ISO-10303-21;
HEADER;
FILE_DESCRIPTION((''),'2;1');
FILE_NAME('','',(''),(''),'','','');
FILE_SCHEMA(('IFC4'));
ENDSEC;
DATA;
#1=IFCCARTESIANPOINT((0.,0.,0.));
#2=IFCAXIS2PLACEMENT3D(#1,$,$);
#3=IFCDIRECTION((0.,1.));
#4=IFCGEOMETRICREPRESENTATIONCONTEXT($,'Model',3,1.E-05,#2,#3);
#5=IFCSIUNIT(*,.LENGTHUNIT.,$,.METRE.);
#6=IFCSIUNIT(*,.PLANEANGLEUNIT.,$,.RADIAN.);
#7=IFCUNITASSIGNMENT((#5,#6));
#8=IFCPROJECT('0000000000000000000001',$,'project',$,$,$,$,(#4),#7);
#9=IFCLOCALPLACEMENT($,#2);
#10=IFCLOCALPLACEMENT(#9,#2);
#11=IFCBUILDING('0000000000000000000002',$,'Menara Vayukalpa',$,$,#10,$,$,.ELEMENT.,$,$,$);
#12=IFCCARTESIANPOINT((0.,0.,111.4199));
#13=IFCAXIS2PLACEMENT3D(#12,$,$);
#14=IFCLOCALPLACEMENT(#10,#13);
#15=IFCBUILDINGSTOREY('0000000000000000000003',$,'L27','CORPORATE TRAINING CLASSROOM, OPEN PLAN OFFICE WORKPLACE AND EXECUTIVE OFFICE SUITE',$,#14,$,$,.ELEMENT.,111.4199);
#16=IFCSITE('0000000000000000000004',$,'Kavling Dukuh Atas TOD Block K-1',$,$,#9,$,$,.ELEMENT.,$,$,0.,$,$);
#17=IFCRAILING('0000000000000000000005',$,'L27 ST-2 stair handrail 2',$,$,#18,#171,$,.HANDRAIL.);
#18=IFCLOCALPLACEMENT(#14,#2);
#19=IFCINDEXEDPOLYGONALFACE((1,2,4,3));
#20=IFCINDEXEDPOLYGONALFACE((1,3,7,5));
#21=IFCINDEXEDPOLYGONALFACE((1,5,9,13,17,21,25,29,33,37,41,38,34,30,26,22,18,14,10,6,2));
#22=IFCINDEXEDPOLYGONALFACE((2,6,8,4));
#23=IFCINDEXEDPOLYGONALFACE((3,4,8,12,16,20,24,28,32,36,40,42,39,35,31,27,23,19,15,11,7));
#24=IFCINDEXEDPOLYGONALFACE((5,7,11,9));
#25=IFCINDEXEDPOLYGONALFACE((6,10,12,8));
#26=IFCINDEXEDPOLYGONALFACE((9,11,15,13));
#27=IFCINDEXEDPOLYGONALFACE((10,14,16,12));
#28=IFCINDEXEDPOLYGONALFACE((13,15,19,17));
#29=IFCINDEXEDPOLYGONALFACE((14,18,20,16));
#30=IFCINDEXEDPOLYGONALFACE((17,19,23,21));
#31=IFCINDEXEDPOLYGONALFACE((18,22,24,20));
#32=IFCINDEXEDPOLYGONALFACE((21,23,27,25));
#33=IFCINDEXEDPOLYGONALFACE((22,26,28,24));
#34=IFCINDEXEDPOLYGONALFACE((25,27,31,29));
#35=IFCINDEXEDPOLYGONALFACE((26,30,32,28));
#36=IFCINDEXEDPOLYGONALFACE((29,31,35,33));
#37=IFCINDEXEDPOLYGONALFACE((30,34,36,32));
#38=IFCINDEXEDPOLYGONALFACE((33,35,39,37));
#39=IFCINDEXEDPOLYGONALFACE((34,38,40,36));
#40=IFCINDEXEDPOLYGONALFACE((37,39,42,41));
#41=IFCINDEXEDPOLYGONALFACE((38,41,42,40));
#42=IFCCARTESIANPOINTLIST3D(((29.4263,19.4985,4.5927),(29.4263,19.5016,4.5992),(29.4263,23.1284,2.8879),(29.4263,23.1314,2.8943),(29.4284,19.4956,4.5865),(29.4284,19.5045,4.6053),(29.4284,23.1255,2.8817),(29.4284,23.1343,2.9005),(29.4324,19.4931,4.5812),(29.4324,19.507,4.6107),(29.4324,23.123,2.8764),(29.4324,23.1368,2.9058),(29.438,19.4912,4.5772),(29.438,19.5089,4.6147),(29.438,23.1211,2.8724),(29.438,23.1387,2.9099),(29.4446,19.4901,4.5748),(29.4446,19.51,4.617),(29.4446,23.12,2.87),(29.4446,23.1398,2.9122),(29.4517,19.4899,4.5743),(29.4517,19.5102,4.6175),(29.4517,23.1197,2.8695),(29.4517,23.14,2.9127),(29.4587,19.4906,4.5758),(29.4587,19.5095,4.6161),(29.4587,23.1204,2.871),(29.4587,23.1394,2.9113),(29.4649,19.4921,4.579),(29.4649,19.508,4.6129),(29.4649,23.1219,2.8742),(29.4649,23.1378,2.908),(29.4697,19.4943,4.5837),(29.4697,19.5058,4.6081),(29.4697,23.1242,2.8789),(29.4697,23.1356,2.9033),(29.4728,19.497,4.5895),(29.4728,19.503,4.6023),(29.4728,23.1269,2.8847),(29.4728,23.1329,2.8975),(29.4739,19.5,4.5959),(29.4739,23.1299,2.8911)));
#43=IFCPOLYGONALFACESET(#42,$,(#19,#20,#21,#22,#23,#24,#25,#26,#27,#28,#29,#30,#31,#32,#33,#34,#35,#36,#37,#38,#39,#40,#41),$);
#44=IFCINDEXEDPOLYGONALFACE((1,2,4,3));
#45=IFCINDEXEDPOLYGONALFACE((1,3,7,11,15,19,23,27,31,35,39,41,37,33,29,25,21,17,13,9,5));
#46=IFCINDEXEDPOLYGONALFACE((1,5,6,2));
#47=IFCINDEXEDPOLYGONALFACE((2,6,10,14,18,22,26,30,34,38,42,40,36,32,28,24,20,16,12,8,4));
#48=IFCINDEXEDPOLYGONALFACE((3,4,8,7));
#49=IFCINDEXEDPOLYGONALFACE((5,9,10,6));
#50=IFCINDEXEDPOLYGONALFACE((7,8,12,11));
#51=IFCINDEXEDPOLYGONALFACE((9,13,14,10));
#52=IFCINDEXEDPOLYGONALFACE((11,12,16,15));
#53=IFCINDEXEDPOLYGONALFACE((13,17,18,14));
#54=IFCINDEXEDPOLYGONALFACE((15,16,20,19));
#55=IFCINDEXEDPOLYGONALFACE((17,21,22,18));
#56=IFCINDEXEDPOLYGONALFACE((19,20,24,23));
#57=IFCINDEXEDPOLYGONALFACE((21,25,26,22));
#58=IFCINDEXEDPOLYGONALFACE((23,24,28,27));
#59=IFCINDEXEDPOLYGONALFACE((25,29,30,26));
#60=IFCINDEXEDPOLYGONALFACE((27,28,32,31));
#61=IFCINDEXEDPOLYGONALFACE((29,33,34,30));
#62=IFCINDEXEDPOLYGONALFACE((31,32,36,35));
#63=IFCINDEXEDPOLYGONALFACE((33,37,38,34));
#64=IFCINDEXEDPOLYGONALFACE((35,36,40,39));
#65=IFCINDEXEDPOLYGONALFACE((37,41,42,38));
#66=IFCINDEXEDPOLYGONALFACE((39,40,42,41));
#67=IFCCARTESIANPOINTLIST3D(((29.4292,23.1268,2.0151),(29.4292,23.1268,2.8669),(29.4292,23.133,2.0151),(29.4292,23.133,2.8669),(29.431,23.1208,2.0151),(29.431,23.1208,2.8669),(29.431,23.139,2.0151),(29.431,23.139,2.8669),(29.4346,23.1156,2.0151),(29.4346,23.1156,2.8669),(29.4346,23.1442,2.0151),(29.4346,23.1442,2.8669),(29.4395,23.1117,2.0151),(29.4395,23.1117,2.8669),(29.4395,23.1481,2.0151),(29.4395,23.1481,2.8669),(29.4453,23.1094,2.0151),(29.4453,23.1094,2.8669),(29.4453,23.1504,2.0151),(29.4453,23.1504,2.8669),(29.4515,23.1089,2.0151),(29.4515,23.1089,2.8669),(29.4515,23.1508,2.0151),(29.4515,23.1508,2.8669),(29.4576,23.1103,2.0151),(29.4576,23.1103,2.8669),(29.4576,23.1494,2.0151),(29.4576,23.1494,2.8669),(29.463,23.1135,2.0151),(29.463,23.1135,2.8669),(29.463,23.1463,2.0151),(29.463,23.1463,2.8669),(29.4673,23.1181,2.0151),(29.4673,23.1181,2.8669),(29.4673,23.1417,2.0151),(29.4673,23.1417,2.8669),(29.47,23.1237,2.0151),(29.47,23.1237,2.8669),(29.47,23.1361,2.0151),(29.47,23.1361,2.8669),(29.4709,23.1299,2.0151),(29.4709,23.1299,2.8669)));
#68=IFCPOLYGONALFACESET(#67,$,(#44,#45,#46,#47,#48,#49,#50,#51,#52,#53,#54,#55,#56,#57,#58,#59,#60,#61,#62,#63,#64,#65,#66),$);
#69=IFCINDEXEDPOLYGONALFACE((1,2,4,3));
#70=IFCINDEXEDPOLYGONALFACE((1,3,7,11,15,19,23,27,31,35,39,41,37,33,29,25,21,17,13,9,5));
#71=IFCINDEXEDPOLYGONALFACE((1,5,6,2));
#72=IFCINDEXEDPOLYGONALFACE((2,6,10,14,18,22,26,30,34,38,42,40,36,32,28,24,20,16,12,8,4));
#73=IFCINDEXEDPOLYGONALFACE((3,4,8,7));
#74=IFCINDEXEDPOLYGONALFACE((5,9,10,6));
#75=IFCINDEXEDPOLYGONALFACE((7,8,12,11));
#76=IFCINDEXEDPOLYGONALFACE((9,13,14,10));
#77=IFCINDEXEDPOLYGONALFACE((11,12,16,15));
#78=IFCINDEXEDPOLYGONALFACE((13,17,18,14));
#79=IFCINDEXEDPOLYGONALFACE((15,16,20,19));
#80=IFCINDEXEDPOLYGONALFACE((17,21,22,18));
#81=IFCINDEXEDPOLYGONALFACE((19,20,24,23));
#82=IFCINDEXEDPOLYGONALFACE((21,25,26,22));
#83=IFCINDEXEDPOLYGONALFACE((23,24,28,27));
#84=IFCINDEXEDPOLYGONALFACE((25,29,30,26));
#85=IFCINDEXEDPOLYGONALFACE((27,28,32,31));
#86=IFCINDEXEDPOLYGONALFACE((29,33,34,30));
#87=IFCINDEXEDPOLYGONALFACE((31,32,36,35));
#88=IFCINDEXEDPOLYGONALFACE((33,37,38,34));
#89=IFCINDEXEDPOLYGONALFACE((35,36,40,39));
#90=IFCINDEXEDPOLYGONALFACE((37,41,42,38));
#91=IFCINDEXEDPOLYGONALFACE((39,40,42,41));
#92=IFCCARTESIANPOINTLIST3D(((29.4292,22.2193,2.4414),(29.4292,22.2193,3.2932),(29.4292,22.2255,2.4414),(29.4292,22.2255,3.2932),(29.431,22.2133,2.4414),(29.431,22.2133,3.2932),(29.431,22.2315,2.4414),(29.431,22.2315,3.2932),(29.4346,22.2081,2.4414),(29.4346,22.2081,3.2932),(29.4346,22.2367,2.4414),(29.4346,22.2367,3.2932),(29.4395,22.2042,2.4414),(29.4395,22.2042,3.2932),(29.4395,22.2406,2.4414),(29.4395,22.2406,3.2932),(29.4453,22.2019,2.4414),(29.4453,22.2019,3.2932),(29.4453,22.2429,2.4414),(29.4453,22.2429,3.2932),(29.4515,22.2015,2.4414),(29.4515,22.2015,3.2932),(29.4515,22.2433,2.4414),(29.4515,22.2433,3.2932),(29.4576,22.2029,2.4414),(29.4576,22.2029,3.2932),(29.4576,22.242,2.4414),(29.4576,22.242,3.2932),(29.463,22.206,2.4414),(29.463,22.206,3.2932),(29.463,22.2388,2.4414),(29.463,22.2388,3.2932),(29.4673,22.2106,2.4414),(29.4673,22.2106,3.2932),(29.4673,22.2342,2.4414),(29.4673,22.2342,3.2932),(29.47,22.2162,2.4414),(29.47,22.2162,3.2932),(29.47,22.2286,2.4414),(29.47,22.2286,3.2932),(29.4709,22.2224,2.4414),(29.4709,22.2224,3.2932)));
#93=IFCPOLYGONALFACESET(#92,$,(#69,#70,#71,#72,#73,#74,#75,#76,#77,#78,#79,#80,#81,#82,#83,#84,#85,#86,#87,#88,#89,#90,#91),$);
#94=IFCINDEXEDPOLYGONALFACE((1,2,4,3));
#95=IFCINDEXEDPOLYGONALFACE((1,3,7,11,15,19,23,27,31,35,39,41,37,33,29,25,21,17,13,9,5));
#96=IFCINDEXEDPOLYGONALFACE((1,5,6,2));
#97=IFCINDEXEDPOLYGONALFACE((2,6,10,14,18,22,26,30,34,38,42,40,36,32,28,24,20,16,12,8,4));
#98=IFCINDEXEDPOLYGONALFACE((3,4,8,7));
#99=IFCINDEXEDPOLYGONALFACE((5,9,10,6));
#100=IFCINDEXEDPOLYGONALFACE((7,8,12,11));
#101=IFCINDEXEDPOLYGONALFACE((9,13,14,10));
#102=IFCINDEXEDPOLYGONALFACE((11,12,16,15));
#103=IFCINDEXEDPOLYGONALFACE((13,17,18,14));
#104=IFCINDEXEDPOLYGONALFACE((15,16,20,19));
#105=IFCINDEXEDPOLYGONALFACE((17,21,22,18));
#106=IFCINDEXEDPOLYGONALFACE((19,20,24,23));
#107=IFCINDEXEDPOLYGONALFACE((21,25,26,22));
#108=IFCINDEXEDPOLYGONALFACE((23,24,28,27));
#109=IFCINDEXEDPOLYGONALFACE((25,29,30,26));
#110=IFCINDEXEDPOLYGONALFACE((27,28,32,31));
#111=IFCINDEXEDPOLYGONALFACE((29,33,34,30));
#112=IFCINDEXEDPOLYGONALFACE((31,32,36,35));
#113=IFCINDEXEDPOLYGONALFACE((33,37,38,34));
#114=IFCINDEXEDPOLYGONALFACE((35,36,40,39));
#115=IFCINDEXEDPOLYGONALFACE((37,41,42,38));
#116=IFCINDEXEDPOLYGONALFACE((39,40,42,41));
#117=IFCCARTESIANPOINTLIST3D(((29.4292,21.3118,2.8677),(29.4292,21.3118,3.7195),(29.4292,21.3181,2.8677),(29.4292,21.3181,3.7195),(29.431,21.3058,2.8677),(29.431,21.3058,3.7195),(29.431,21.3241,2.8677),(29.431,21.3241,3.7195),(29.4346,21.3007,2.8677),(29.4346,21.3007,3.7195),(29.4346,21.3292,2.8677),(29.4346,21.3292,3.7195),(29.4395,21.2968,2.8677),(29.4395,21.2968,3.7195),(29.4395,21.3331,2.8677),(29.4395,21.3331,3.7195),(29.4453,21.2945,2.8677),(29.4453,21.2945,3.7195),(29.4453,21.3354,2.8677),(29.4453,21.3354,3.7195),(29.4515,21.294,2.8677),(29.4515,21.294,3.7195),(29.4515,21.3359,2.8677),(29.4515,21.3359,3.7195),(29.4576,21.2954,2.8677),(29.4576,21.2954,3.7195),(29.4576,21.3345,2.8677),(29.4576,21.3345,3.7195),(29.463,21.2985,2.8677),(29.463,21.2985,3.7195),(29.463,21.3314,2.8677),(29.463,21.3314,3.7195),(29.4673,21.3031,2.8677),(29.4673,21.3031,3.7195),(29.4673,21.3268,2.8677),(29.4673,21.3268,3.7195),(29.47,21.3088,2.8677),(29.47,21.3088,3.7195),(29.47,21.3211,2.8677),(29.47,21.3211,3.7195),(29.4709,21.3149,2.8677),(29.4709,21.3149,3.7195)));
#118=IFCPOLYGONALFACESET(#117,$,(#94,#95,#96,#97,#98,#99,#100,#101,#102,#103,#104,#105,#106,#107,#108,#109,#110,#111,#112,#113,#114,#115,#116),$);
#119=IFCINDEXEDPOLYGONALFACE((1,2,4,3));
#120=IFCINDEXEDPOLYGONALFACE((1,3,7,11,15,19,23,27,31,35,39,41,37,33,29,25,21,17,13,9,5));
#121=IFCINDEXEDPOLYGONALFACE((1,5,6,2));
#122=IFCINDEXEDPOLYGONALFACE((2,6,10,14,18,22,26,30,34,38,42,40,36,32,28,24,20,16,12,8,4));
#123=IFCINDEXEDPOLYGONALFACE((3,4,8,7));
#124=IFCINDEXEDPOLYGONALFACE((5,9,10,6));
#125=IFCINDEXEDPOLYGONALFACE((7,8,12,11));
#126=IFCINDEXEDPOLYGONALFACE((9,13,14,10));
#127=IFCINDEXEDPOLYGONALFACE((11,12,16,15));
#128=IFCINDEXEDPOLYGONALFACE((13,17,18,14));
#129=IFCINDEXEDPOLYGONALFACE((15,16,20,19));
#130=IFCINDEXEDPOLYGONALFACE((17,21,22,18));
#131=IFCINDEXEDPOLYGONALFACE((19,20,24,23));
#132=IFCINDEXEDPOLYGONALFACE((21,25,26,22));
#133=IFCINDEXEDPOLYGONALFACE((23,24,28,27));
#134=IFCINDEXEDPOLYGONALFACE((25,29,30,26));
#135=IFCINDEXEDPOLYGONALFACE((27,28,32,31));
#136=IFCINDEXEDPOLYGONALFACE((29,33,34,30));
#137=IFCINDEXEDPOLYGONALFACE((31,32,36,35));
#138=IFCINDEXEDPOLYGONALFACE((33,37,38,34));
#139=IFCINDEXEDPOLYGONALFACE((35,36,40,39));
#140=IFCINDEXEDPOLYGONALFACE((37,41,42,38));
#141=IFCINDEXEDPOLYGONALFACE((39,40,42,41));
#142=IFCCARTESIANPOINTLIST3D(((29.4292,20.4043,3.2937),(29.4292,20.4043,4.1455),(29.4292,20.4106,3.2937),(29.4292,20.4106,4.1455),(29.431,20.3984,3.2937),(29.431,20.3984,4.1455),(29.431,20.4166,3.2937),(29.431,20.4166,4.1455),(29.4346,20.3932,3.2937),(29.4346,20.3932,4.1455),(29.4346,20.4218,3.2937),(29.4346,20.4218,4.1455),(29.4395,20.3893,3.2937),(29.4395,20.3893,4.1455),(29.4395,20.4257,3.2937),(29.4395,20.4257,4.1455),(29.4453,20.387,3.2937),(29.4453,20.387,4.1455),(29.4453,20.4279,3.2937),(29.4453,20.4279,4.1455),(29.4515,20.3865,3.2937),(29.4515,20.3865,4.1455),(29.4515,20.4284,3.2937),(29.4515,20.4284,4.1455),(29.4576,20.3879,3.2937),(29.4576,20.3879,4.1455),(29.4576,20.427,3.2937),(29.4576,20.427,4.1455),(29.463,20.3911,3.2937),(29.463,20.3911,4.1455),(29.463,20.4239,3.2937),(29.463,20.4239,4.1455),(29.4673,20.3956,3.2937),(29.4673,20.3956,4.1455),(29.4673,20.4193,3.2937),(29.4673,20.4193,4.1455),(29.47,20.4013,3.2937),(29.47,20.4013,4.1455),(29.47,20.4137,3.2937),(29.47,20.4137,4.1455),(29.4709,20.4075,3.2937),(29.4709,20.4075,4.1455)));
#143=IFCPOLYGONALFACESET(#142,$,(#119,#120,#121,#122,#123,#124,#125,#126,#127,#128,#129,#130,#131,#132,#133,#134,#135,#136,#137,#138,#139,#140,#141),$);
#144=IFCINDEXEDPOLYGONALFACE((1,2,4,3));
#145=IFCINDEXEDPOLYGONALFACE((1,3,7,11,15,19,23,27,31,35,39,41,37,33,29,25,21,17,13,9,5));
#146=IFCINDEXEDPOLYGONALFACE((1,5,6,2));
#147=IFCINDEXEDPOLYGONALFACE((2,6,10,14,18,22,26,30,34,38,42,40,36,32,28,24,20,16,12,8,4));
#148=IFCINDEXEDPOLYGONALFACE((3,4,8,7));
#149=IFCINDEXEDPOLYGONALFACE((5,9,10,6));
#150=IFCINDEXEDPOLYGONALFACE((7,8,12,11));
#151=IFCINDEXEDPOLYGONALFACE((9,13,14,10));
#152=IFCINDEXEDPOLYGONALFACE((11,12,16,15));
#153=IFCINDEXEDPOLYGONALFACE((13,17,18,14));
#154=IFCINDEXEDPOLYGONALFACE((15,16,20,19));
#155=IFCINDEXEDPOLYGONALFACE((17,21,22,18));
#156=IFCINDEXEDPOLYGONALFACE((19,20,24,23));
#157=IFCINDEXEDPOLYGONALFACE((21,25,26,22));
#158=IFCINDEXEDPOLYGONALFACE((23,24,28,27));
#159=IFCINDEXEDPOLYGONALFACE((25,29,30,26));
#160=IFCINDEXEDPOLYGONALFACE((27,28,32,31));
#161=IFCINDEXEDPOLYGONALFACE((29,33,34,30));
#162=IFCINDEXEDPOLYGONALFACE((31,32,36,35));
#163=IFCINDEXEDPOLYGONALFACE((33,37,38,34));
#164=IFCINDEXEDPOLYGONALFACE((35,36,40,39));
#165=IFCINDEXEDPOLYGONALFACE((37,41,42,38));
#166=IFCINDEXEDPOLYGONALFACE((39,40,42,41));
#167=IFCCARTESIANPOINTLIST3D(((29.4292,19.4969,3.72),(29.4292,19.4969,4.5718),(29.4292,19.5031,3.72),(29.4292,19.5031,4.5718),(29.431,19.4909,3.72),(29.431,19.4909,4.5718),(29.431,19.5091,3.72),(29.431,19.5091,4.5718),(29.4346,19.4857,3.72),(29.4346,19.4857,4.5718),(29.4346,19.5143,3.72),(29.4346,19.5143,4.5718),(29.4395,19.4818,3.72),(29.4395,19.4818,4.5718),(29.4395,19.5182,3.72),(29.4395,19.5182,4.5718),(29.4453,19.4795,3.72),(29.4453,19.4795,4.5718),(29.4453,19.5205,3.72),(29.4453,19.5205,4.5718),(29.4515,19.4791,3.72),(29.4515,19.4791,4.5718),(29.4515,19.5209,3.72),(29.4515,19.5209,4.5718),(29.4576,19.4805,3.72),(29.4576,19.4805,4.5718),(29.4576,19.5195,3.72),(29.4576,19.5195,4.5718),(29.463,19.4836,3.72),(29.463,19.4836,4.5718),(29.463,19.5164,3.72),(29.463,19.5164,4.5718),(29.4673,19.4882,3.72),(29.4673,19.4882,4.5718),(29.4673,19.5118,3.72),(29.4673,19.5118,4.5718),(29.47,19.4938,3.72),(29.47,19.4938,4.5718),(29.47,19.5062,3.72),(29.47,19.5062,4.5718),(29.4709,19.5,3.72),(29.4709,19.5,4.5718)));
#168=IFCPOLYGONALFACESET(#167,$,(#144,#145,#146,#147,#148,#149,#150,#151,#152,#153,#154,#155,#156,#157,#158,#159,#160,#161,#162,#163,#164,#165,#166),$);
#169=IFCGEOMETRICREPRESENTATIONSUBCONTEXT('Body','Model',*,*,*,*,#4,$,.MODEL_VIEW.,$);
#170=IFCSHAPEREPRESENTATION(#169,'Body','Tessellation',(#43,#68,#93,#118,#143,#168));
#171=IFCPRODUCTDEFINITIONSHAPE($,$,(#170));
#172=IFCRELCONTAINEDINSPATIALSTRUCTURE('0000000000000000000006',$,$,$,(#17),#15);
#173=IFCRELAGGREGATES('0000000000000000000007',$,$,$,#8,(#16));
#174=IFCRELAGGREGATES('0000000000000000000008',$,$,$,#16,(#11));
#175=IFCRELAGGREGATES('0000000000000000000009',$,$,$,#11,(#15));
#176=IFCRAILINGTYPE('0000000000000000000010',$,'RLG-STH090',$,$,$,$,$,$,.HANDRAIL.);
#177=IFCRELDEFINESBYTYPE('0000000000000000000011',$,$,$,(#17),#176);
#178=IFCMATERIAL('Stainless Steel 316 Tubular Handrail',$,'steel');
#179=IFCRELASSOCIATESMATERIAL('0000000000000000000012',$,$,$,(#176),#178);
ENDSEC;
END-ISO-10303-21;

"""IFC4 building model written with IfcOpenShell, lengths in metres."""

from ifc_helpers import new_model, si_unit, direction, frame, origin, origin_2d, place, context, subcontext, project, spatial, circle, extrude, material, type_object, element, save


model = new_model("IFC4")

# Units and contexts
model_context = context("Model", 3, precision=1e-05, world=origin(), true_north=direction((0.0, 1.0)))
body_context = subcontext(model_context, "Body", "Model", "MODEL_VIEW")
ifc_project = project(units=[si_unit("LENGTHUNIT", "METRE"), si_unit("PLANEANGLEUNIT", "RADIAN")], contexts=[model_context])

# Site, building, storey
site_placement = place(None, origin())
site = spatial("IfcSite", under=ifc_project, at=site_placement, Name="Kavling Dukuh Atas TOD Block K-1", CompositionType="ELEMENT", RefElevation=0.0)
building_placement = place(site_placement, origin())
building = spatial("IfcBuilding", under=site, at=building_placement, Name="Menara Vayukalpa", CompositionType="ELEMENT")
storey_placement = place(building_placement, frame((0.0, 0.0, 111.4199)))
storey = spatial("IfcBuildingStorey", under=building, at=storey_placement, Name="L27", Description="CORPORATE TRAINING CLASSROOM, OPEN PLAN OFFICE WORKPLACE AND EXECUTIVE OFFICE SUITE", CompositionType="ELEMENT", Elevation=111.4199)

# Railing
ifc_material_1 = material(Name="Stainless Steel 316 Tubular Handrail", Category="steel")
railing_type_1 = type_object("IfcRailingType", Name="RLG-STH090", PredefinedType="HANDRAIL", material=ifc_material_1)
railing_1_placement = place(storey_placement, frame((29.45, 23.1299, 2.0151)))
element("IfcRailing", 1, at=railing_1_placement, inside=storey, type_object=railing_type_1, Name="L27 ST-2 stair handrail 2", PredefinedType="HANDRAIL", context=body_context, shape_type="SweptSolid", body=[
    extrude(circle(Radius=0.0239, at=origin_2d()), frame((0.0, 0.0, 0.876), z_axis=(0.0, -0.90514, 0.425114), x_axis=(1.0, 0.0, 0.0)), (0.0, 0.0, 1.0), 4.0103),
    extrude(circle(Radius=0.021, at=origin_2d()), origin(), (0.0, 0.0, 1.0), 0.8518),
    extrude(circle(Radius=0.021, at=origin_2d()), frame((0.0, -0.9075, 0.4263)), (0.0, 0.0, 1.0), 0.8518),
    extrude(circle(Radius=0.021, at=origin_2d()), frame((0.0, -1.8149, 0.8525)), (0.0, 0.0, 1.0), 0.8518),
    extrude(circle(Radius=0.021, at=origin_2d()), frame((0.0, -2.7224, 1.2786)), (0.0, 0.0, 1.0), 0.8518),
    extrude(circle(Radius=0.021, at=origin_2d()), frame((0.0, -3.6299, 1.7048)), (0.0, 0.0, 1.0), 0.8518),
])

save(model, "model.ifc")
